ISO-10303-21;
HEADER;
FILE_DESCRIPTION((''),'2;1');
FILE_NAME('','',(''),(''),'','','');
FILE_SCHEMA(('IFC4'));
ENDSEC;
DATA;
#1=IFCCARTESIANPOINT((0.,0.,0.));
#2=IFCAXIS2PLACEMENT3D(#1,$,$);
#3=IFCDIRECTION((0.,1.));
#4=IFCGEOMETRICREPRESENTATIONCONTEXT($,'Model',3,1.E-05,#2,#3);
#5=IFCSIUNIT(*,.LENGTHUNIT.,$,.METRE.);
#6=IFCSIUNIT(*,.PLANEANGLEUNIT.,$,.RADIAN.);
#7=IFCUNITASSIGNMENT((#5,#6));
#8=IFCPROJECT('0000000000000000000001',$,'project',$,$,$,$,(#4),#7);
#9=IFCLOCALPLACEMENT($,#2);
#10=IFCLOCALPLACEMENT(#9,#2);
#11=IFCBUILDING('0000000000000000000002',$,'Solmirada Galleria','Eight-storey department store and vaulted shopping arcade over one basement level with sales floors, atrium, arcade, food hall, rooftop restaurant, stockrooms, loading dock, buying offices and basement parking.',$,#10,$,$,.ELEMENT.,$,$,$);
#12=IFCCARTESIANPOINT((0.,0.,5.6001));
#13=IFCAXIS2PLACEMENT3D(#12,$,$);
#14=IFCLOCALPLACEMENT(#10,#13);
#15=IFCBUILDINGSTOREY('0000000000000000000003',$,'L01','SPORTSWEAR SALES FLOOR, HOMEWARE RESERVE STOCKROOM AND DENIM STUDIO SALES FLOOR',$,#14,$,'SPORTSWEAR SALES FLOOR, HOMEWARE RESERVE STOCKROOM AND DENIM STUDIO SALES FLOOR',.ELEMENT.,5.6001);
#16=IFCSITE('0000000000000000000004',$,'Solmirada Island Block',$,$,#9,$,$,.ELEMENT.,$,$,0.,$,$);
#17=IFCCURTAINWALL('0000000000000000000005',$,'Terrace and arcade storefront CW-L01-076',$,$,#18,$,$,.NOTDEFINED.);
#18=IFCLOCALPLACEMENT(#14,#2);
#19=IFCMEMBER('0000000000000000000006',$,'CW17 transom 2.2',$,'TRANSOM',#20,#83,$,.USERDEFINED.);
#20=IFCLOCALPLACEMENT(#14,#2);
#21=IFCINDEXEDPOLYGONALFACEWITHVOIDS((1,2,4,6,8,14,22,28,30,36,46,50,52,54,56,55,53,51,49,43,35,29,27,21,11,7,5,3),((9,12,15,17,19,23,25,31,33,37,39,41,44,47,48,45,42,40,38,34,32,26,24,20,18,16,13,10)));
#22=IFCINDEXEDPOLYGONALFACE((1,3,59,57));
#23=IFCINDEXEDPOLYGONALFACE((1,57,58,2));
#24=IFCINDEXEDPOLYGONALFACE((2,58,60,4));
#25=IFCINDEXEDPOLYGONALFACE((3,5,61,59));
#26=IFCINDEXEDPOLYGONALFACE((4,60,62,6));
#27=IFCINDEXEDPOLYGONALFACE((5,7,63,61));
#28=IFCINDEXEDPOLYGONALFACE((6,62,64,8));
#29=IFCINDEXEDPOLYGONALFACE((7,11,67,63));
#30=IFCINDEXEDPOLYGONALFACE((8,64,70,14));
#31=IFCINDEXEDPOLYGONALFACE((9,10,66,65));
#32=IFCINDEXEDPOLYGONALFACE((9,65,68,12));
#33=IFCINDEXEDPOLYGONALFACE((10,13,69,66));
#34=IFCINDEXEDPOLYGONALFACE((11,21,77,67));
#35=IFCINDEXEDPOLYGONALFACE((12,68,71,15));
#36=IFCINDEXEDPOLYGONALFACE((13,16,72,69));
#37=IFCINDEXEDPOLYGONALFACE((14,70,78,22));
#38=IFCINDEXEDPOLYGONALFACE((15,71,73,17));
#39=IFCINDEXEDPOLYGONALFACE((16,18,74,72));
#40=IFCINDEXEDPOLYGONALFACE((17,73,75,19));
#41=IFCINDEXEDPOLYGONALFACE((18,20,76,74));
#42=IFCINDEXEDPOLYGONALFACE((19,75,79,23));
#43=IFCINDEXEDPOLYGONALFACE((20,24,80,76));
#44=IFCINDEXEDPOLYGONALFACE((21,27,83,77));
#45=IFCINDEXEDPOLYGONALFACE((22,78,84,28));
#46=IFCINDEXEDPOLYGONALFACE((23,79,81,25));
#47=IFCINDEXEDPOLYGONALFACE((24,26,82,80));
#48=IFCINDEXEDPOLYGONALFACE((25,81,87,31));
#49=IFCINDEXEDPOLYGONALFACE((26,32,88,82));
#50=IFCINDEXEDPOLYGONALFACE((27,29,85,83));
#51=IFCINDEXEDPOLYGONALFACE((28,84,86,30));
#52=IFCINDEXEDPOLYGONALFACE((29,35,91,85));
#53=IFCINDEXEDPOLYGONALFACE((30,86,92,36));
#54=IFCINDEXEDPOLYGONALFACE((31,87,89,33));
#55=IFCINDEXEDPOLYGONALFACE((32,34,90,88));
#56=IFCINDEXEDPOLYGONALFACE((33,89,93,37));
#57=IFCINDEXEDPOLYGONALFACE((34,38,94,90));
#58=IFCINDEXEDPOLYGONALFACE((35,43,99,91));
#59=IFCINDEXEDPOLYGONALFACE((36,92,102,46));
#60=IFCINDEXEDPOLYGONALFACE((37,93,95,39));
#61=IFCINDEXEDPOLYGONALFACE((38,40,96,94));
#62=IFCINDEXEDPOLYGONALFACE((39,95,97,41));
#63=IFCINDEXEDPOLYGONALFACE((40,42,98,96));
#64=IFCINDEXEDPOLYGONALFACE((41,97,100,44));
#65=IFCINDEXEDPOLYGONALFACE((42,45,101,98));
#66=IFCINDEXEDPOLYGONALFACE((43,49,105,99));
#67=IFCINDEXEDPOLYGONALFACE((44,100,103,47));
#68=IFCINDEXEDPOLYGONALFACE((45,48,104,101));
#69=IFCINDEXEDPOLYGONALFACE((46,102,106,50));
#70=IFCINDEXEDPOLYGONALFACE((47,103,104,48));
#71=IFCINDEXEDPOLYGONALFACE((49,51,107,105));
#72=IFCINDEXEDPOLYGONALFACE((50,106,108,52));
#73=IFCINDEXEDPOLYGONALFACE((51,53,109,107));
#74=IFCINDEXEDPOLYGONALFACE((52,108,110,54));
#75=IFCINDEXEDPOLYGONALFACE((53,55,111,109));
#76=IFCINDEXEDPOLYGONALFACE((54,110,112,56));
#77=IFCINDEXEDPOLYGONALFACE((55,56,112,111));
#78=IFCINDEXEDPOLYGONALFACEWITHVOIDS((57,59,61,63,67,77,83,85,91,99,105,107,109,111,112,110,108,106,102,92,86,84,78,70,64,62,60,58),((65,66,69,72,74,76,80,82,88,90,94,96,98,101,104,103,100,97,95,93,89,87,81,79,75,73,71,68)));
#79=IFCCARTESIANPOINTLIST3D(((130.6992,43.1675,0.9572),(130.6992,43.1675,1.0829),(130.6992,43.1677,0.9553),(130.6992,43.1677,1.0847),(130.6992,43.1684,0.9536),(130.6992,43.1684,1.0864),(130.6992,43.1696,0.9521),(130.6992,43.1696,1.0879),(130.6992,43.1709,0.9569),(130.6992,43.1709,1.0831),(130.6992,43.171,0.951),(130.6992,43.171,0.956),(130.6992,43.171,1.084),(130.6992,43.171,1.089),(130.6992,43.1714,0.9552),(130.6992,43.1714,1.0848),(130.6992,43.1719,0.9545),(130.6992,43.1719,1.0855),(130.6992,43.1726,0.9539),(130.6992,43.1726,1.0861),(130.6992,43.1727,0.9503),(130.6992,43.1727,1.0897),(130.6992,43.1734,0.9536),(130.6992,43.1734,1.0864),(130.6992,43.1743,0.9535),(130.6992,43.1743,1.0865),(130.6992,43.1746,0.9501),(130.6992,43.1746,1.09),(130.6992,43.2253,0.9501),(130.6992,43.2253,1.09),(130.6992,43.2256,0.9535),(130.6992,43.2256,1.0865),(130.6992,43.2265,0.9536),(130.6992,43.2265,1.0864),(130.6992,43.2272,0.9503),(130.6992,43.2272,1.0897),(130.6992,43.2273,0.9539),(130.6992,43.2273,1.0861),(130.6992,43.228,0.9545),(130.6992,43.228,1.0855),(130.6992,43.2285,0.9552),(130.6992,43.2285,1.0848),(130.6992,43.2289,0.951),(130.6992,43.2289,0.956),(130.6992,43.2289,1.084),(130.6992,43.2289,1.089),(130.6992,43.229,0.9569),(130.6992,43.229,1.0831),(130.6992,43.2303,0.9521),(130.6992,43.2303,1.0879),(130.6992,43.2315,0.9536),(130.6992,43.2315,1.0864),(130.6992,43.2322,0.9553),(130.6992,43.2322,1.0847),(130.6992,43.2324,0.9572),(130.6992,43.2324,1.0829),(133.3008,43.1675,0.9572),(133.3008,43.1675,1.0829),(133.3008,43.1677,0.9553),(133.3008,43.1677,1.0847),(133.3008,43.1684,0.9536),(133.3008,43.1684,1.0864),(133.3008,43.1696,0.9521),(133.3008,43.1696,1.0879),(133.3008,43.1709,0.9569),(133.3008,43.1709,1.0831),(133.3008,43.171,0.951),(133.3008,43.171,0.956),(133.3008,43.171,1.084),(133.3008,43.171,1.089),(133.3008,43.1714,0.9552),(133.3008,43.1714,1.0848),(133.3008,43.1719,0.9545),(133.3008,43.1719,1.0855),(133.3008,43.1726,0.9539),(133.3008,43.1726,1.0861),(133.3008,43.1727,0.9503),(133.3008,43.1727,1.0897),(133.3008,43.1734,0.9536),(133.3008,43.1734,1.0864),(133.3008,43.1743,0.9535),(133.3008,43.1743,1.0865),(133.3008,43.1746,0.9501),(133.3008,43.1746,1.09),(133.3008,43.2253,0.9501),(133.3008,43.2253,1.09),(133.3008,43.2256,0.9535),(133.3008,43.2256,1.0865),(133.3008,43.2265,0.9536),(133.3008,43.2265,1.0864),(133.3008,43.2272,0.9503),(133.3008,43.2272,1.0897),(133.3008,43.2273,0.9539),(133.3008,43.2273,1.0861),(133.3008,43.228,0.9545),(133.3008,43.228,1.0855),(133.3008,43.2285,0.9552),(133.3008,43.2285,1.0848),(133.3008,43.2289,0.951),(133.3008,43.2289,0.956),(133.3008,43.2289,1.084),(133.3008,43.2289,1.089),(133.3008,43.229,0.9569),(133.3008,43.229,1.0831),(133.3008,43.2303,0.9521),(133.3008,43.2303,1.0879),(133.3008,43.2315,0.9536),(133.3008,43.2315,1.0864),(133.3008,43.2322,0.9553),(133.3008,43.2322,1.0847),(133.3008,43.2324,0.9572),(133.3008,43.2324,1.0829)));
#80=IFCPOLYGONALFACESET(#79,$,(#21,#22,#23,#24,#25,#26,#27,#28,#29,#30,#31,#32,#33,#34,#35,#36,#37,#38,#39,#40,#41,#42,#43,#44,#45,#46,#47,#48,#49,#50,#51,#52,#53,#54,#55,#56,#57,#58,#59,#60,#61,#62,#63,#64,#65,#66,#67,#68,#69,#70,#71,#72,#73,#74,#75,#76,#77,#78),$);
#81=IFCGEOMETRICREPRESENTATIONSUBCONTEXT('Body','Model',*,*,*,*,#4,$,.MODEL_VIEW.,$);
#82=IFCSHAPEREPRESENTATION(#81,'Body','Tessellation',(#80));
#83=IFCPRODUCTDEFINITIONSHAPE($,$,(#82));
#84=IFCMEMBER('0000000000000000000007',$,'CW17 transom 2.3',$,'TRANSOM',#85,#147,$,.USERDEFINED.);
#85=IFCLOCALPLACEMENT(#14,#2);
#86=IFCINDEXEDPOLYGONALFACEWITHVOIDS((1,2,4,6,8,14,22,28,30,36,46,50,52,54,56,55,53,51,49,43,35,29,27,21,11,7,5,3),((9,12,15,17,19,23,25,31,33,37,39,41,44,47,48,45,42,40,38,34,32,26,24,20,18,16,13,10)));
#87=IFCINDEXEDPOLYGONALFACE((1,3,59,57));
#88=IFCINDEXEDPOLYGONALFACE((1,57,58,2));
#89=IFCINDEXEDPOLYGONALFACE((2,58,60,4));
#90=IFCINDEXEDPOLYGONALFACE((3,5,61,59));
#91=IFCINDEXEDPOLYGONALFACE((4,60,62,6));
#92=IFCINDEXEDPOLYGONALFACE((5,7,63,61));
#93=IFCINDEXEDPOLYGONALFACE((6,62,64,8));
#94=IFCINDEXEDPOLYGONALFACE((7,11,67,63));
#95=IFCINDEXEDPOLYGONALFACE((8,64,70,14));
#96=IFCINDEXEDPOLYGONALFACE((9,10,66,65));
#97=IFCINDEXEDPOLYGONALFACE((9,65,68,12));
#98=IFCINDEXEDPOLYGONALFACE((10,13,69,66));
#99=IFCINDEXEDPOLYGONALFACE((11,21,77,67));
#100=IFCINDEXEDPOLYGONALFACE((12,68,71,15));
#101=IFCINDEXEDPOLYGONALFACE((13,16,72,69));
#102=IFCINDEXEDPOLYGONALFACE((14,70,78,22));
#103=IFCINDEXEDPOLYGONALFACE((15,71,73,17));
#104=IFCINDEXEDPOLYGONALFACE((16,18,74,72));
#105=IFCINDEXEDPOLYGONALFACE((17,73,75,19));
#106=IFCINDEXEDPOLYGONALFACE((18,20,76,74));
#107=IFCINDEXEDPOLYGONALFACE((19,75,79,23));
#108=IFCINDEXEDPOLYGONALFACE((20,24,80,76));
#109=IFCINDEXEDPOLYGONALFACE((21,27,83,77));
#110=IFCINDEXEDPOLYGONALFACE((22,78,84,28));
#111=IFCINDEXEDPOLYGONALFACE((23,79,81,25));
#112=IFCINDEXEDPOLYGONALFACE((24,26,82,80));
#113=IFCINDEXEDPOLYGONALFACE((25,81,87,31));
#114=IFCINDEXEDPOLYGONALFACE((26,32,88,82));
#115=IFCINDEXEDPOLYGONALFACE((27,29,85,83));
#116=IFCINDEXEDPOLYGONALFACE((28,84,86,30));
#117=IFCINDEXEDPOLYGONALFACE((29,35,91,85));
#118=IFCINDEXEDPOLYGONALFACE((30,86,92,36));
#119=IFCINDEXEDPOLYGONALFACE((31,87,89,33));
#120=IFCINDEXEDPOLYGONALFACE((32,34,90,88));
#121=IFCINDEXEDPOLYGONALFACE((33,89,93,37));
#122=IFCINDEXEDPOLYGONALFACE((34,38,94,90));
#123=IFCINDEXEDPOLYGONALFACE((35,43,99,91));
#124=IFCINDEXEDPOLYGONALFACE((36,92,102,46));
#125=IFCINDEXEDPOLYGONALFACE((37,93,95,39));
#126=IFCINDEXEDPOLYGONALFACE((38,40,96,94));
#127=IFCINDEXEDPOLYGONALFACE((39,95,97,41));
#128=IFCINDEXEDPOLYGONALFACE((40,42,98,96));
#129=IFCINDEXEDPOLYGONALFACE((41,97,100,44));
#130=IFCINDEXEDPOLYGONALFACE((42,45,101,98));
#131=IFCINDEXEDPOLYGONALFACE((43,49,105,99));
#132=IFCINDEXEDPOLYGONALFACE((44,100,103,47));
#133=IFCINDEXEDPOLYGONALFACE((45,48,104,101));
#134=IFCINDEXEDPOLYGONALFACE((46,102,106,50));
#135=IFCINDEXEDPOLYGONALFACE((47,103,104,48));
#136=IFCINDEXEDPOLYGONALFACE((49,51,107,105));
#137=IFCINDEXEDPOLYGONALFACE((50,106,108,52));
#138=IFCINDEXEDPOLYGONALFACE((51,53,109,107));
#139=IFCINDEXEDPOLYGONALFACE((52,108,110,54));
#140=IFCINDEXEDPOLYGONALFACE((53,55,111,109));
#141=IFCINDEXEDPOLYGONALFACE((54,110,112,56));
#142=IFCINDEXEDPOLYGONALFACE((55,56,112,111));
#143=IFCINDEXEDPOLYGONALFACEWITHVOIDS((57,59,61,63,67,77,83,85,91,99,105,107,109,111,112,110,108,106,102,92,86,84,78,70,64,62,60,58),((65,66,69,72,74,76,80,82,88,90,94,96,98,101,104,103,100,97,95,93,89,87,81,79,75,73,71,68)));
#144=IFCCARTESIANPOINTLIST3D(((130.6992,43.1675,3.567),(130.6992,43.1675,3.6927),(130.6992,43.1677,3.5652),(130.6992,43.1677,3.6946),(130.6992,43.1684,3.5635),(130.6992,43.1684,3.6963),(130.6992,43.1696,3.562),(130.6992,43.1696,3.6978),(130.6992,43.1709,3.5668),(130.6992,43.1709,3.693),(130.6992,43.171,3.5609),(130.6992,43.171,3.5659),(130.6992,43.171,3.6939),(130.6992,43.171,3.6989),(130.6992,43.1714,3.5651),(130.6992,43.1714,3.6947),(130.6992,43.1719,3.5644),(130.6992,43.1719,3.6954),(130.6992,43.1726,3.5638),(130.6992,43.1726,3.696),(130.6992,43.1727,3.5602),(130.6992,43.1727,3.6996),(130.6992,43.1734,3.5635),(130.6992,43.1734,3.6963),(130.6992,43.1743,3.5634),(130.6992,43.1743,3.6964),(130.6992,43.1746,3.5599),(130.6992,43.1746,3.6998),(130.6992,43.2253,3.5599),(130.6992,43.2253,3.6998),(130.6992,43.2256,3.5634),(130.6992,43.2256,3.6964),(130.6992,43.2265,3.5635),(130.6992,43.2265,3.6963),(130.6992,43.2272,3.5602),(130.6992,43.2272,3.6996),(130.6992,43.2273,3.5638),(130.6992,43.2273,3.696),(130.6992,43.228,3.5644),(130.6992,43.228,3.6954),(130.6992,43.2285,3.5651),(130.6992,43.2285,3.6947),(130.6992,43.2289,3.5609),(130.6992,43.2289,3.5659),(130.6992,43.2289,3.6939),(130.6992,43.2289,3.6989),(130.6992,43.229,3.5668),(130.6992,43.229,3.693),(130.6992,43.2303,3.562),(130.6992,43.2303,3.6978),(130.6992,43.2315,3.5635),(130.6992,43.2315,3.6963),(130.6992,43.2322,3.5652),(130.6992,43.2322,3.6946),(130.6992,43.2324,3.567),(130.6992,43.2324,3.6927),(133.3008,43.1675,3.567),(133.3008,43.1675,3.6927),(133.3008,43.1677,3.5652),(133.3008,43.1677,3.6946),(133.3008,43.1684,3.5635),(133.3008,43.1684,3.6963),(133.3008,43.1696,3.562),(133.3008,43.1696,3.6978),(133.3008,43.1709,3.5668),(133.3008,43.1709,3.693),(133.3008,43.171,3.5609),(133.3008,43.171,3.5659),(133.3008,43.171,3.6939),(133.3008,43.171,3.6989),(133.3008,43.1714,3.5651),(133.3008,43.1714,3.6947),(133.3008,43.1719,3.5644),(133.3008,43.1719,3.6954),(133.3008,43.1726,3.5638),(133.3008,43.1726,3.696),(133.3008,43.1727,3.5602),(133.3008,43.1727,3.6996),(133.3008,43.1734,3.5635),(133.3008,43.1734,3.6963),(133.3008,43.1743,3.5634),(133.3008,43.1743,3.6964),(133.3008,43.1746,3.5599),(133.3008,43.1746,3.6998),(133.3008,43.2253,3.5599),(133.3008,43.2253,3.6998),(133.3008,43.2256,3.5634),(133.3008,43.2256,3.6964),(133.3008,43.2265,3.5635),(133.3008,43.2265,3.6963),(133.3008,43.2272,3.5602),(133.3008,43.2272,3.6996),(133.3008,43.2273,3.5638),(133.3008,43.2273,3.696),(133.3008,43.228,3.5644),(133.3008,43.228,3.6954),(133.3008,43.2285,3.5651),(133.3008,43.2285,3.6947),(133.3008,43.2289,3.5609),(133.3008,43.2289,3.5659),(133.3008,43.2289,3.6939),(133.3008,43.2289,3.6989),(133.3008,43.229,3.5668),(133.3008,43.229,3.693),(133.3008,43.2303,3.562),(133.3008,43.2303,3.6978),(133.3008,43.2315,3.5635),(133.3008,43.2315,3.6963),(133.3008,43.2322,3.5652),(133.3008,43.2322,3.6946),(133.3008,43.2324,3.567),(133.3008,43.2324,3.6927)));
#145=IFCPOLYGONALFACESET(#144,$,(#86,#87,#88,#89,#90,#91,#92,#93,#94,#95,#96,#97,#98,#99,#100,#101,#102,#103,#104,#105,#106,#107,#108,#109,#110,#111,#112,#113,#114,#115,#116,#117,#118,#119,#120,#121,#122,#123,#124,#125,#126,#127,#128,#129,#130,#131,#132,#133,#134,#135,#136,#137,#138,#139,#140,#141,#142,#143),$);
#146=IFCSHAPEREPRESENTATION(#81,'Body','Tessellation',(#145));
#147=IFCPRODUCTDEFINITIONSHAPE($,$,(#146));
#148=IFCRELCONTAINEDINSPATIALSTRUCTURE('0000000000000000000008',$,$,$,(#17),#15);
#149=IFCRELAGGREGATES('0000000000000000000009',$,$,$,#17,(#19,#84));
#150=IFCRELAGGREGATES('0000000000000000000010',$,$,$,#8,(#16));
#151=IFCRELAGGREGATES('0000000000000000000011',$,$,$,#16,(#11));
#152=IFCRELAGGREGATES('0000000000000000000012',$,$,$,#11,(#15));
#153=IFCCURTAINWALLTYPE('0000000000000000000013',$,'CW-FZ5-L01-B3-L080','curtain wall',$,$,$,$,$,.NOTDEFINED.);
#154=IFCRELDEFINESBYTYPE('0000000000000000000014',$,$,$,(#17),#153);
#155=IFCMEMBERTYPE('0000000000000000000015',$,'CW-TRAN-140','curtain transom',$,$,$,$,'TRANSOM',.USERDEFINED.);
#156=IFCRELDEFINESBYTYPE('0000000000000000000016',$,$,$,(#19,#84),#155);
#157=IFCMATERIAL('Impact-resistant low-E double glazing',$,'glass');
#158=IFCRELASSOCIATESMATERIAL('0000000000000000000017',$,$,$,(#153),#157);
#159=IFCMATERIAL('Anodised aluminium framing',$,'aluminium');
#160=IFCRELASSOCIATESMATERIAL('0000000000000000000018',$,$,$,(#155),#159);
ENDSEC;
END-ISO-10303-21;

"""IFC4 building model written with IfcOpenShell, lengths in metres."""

from ifc_helpers import new_model, si_unit, direction, frame, origin, origin_2d, place, context, subcontext, project, spatial, hollow_rectangle, extrude, material, material_profile, profile_set, type_object, element, aggregate, save


model = new_model("IFC4")

# Units and contexts
model_context = context("Model", 3, precision=1e-05, world=origin(), true_north=direction((0.0, 1.0)))
body_context = subcontext(model_context, "Body", "Model", "MODEL_VIEW")
ifc_project = project(units=[si_unit("LENGTHUNIT", "METRE"), si_unit("PLANEANGLEUNIT", "RADIAN")], contexts=[model_context])

# Site, building, storey
site_placement = place(None, origin())
site = spatial("IfcSite", under=ifc_project, at=site_placement, Name="Solmirada Island Block", CompositionType="ELEMENT", RefElevation=0.0)
building_placement = place(site_placement, origin())
building = spatial("IfcBuilding", under=site, at=building_placement, Name="Solmirada Galleria", Description="Eight-storey department store and vaulted shopping arcade over one basement level with sales floors, atrium, arcade, food hall, rooftop restaurant, stockrooms, loading dock, buying offices and basement parking.", CompositionType="ELEMENT")
storey_placement = place(building_placement, frame((0.0, 0.0, 5.6001)))
storey = spatial("IfcBuildingStorey", under=building, at=storey_placement, Name="L01", Description="SPORTSWEAR SALES FLOOR, HOMEWARE RESERVE STOCKROOM AND DENIM STUDIO SALES FLOOR", LongName="SPORTSWEAR SALES FLOOR, HOMEWARE RESERVE STOCKROOM AND DENIM STUDIO SALES FLOOR", CompositionType="ELEMENT", Elevation=5.6001)

# Curtain wall
ifc_material_1 = material(Name="Impact-resistant low-E double glazing", Category="glass")
curtain_wall_type = type_object("IfcCurtainWallType", Name="CW-FZ5-L01-B3-L080", Description="curtain wall", PredefinedType="NOTDEFINED", material=ifc_material_1)
curtain_wall_1_placement = place(storey_placement, origin())
curtain_wall_1 = element("IfcCurtainWall", 1, at=curtain_wall_1_placement, inside=storey, type_object=curtain_wall_type, Name="Terrace and arcade storefront CW-L01-076", PredefinedType="NOTDEFINED")
ifc_material_2 = material(Name="Anodised aluminium framing", Category="aluminium")

# Members
ifc_material_profile_1 = material_profile(ifc_material_2, hollow_rectangle(XDim=0.0649, YDim=0.1399, WallThickness=0.0034, InnerFilletRadius=0.0034, OuterFilletRadius=0.0071, at=origin_2d()), Name="ALU-TRAN-140X65")
ifc_profile_set_1 = profile_set([ifc_material_profile_1], Name="Anodised aluminium framing")
member_type_1 = type_object("IfcMemberType", Name="CW-TRAN-140", Description="curtain transom", ElementType="TRANSOM", PredefinedType="USERDEFINED", material=ifc_profile_set_1)
member_1_placement = place(storey_placement, frame((130.6992, 43.2, 1.02), z_axis=(1.0, 0.0, 0.0), x_axis=(0.0, 1.0, 0.0)))
member_1 = element("IfcMember", 2, at=member_1_placement, type_object=member_type_1, Name="CW17 transom 2.2", ObjectType="TRANSOM", PredefinedType="USERDEFINED", context=body_context, shape_type="SweptSolid", body=[
    extrude(hollow_rectangle(XDim=0.0649, YDim=0.1399, WallThickness=0.0034, InnerFilletRadius=0.0034, OuterFilletRadius=0.0071, at=origin_2d()), origin(), (0.0, 0.0, 1.0), 2.6016),
])
member_2_placement = place(storey_placement, frame((130.6992, 43.2, 3.6299), z_axis=(1.0, 0.0, 0.0), x_axis=(0.0, 1.0, 0.0)))
member_2 = element("IfcMember", 3, at=member_2_placement, type_object=member_type_1, Name="CW17 transom 2.3", ObjectType="TRANSOM", PredefinedType="USERDEFINED", context=body_context, shape_type="SweptSolid", body=[
    extrude(hollow_rectangle(XDim=0.0649, YDim=0.1399, WallThickness=0.0034, InnerFilletRadius=0.0034, OuterFilletRadius=0.0071, at=origin_2d()), origin(), (0.0, 0.0, 1.0), 2.6016),
])

aggregate(curtain_wall_1, [member_1, member_2])

save(model, "model.ifc")
